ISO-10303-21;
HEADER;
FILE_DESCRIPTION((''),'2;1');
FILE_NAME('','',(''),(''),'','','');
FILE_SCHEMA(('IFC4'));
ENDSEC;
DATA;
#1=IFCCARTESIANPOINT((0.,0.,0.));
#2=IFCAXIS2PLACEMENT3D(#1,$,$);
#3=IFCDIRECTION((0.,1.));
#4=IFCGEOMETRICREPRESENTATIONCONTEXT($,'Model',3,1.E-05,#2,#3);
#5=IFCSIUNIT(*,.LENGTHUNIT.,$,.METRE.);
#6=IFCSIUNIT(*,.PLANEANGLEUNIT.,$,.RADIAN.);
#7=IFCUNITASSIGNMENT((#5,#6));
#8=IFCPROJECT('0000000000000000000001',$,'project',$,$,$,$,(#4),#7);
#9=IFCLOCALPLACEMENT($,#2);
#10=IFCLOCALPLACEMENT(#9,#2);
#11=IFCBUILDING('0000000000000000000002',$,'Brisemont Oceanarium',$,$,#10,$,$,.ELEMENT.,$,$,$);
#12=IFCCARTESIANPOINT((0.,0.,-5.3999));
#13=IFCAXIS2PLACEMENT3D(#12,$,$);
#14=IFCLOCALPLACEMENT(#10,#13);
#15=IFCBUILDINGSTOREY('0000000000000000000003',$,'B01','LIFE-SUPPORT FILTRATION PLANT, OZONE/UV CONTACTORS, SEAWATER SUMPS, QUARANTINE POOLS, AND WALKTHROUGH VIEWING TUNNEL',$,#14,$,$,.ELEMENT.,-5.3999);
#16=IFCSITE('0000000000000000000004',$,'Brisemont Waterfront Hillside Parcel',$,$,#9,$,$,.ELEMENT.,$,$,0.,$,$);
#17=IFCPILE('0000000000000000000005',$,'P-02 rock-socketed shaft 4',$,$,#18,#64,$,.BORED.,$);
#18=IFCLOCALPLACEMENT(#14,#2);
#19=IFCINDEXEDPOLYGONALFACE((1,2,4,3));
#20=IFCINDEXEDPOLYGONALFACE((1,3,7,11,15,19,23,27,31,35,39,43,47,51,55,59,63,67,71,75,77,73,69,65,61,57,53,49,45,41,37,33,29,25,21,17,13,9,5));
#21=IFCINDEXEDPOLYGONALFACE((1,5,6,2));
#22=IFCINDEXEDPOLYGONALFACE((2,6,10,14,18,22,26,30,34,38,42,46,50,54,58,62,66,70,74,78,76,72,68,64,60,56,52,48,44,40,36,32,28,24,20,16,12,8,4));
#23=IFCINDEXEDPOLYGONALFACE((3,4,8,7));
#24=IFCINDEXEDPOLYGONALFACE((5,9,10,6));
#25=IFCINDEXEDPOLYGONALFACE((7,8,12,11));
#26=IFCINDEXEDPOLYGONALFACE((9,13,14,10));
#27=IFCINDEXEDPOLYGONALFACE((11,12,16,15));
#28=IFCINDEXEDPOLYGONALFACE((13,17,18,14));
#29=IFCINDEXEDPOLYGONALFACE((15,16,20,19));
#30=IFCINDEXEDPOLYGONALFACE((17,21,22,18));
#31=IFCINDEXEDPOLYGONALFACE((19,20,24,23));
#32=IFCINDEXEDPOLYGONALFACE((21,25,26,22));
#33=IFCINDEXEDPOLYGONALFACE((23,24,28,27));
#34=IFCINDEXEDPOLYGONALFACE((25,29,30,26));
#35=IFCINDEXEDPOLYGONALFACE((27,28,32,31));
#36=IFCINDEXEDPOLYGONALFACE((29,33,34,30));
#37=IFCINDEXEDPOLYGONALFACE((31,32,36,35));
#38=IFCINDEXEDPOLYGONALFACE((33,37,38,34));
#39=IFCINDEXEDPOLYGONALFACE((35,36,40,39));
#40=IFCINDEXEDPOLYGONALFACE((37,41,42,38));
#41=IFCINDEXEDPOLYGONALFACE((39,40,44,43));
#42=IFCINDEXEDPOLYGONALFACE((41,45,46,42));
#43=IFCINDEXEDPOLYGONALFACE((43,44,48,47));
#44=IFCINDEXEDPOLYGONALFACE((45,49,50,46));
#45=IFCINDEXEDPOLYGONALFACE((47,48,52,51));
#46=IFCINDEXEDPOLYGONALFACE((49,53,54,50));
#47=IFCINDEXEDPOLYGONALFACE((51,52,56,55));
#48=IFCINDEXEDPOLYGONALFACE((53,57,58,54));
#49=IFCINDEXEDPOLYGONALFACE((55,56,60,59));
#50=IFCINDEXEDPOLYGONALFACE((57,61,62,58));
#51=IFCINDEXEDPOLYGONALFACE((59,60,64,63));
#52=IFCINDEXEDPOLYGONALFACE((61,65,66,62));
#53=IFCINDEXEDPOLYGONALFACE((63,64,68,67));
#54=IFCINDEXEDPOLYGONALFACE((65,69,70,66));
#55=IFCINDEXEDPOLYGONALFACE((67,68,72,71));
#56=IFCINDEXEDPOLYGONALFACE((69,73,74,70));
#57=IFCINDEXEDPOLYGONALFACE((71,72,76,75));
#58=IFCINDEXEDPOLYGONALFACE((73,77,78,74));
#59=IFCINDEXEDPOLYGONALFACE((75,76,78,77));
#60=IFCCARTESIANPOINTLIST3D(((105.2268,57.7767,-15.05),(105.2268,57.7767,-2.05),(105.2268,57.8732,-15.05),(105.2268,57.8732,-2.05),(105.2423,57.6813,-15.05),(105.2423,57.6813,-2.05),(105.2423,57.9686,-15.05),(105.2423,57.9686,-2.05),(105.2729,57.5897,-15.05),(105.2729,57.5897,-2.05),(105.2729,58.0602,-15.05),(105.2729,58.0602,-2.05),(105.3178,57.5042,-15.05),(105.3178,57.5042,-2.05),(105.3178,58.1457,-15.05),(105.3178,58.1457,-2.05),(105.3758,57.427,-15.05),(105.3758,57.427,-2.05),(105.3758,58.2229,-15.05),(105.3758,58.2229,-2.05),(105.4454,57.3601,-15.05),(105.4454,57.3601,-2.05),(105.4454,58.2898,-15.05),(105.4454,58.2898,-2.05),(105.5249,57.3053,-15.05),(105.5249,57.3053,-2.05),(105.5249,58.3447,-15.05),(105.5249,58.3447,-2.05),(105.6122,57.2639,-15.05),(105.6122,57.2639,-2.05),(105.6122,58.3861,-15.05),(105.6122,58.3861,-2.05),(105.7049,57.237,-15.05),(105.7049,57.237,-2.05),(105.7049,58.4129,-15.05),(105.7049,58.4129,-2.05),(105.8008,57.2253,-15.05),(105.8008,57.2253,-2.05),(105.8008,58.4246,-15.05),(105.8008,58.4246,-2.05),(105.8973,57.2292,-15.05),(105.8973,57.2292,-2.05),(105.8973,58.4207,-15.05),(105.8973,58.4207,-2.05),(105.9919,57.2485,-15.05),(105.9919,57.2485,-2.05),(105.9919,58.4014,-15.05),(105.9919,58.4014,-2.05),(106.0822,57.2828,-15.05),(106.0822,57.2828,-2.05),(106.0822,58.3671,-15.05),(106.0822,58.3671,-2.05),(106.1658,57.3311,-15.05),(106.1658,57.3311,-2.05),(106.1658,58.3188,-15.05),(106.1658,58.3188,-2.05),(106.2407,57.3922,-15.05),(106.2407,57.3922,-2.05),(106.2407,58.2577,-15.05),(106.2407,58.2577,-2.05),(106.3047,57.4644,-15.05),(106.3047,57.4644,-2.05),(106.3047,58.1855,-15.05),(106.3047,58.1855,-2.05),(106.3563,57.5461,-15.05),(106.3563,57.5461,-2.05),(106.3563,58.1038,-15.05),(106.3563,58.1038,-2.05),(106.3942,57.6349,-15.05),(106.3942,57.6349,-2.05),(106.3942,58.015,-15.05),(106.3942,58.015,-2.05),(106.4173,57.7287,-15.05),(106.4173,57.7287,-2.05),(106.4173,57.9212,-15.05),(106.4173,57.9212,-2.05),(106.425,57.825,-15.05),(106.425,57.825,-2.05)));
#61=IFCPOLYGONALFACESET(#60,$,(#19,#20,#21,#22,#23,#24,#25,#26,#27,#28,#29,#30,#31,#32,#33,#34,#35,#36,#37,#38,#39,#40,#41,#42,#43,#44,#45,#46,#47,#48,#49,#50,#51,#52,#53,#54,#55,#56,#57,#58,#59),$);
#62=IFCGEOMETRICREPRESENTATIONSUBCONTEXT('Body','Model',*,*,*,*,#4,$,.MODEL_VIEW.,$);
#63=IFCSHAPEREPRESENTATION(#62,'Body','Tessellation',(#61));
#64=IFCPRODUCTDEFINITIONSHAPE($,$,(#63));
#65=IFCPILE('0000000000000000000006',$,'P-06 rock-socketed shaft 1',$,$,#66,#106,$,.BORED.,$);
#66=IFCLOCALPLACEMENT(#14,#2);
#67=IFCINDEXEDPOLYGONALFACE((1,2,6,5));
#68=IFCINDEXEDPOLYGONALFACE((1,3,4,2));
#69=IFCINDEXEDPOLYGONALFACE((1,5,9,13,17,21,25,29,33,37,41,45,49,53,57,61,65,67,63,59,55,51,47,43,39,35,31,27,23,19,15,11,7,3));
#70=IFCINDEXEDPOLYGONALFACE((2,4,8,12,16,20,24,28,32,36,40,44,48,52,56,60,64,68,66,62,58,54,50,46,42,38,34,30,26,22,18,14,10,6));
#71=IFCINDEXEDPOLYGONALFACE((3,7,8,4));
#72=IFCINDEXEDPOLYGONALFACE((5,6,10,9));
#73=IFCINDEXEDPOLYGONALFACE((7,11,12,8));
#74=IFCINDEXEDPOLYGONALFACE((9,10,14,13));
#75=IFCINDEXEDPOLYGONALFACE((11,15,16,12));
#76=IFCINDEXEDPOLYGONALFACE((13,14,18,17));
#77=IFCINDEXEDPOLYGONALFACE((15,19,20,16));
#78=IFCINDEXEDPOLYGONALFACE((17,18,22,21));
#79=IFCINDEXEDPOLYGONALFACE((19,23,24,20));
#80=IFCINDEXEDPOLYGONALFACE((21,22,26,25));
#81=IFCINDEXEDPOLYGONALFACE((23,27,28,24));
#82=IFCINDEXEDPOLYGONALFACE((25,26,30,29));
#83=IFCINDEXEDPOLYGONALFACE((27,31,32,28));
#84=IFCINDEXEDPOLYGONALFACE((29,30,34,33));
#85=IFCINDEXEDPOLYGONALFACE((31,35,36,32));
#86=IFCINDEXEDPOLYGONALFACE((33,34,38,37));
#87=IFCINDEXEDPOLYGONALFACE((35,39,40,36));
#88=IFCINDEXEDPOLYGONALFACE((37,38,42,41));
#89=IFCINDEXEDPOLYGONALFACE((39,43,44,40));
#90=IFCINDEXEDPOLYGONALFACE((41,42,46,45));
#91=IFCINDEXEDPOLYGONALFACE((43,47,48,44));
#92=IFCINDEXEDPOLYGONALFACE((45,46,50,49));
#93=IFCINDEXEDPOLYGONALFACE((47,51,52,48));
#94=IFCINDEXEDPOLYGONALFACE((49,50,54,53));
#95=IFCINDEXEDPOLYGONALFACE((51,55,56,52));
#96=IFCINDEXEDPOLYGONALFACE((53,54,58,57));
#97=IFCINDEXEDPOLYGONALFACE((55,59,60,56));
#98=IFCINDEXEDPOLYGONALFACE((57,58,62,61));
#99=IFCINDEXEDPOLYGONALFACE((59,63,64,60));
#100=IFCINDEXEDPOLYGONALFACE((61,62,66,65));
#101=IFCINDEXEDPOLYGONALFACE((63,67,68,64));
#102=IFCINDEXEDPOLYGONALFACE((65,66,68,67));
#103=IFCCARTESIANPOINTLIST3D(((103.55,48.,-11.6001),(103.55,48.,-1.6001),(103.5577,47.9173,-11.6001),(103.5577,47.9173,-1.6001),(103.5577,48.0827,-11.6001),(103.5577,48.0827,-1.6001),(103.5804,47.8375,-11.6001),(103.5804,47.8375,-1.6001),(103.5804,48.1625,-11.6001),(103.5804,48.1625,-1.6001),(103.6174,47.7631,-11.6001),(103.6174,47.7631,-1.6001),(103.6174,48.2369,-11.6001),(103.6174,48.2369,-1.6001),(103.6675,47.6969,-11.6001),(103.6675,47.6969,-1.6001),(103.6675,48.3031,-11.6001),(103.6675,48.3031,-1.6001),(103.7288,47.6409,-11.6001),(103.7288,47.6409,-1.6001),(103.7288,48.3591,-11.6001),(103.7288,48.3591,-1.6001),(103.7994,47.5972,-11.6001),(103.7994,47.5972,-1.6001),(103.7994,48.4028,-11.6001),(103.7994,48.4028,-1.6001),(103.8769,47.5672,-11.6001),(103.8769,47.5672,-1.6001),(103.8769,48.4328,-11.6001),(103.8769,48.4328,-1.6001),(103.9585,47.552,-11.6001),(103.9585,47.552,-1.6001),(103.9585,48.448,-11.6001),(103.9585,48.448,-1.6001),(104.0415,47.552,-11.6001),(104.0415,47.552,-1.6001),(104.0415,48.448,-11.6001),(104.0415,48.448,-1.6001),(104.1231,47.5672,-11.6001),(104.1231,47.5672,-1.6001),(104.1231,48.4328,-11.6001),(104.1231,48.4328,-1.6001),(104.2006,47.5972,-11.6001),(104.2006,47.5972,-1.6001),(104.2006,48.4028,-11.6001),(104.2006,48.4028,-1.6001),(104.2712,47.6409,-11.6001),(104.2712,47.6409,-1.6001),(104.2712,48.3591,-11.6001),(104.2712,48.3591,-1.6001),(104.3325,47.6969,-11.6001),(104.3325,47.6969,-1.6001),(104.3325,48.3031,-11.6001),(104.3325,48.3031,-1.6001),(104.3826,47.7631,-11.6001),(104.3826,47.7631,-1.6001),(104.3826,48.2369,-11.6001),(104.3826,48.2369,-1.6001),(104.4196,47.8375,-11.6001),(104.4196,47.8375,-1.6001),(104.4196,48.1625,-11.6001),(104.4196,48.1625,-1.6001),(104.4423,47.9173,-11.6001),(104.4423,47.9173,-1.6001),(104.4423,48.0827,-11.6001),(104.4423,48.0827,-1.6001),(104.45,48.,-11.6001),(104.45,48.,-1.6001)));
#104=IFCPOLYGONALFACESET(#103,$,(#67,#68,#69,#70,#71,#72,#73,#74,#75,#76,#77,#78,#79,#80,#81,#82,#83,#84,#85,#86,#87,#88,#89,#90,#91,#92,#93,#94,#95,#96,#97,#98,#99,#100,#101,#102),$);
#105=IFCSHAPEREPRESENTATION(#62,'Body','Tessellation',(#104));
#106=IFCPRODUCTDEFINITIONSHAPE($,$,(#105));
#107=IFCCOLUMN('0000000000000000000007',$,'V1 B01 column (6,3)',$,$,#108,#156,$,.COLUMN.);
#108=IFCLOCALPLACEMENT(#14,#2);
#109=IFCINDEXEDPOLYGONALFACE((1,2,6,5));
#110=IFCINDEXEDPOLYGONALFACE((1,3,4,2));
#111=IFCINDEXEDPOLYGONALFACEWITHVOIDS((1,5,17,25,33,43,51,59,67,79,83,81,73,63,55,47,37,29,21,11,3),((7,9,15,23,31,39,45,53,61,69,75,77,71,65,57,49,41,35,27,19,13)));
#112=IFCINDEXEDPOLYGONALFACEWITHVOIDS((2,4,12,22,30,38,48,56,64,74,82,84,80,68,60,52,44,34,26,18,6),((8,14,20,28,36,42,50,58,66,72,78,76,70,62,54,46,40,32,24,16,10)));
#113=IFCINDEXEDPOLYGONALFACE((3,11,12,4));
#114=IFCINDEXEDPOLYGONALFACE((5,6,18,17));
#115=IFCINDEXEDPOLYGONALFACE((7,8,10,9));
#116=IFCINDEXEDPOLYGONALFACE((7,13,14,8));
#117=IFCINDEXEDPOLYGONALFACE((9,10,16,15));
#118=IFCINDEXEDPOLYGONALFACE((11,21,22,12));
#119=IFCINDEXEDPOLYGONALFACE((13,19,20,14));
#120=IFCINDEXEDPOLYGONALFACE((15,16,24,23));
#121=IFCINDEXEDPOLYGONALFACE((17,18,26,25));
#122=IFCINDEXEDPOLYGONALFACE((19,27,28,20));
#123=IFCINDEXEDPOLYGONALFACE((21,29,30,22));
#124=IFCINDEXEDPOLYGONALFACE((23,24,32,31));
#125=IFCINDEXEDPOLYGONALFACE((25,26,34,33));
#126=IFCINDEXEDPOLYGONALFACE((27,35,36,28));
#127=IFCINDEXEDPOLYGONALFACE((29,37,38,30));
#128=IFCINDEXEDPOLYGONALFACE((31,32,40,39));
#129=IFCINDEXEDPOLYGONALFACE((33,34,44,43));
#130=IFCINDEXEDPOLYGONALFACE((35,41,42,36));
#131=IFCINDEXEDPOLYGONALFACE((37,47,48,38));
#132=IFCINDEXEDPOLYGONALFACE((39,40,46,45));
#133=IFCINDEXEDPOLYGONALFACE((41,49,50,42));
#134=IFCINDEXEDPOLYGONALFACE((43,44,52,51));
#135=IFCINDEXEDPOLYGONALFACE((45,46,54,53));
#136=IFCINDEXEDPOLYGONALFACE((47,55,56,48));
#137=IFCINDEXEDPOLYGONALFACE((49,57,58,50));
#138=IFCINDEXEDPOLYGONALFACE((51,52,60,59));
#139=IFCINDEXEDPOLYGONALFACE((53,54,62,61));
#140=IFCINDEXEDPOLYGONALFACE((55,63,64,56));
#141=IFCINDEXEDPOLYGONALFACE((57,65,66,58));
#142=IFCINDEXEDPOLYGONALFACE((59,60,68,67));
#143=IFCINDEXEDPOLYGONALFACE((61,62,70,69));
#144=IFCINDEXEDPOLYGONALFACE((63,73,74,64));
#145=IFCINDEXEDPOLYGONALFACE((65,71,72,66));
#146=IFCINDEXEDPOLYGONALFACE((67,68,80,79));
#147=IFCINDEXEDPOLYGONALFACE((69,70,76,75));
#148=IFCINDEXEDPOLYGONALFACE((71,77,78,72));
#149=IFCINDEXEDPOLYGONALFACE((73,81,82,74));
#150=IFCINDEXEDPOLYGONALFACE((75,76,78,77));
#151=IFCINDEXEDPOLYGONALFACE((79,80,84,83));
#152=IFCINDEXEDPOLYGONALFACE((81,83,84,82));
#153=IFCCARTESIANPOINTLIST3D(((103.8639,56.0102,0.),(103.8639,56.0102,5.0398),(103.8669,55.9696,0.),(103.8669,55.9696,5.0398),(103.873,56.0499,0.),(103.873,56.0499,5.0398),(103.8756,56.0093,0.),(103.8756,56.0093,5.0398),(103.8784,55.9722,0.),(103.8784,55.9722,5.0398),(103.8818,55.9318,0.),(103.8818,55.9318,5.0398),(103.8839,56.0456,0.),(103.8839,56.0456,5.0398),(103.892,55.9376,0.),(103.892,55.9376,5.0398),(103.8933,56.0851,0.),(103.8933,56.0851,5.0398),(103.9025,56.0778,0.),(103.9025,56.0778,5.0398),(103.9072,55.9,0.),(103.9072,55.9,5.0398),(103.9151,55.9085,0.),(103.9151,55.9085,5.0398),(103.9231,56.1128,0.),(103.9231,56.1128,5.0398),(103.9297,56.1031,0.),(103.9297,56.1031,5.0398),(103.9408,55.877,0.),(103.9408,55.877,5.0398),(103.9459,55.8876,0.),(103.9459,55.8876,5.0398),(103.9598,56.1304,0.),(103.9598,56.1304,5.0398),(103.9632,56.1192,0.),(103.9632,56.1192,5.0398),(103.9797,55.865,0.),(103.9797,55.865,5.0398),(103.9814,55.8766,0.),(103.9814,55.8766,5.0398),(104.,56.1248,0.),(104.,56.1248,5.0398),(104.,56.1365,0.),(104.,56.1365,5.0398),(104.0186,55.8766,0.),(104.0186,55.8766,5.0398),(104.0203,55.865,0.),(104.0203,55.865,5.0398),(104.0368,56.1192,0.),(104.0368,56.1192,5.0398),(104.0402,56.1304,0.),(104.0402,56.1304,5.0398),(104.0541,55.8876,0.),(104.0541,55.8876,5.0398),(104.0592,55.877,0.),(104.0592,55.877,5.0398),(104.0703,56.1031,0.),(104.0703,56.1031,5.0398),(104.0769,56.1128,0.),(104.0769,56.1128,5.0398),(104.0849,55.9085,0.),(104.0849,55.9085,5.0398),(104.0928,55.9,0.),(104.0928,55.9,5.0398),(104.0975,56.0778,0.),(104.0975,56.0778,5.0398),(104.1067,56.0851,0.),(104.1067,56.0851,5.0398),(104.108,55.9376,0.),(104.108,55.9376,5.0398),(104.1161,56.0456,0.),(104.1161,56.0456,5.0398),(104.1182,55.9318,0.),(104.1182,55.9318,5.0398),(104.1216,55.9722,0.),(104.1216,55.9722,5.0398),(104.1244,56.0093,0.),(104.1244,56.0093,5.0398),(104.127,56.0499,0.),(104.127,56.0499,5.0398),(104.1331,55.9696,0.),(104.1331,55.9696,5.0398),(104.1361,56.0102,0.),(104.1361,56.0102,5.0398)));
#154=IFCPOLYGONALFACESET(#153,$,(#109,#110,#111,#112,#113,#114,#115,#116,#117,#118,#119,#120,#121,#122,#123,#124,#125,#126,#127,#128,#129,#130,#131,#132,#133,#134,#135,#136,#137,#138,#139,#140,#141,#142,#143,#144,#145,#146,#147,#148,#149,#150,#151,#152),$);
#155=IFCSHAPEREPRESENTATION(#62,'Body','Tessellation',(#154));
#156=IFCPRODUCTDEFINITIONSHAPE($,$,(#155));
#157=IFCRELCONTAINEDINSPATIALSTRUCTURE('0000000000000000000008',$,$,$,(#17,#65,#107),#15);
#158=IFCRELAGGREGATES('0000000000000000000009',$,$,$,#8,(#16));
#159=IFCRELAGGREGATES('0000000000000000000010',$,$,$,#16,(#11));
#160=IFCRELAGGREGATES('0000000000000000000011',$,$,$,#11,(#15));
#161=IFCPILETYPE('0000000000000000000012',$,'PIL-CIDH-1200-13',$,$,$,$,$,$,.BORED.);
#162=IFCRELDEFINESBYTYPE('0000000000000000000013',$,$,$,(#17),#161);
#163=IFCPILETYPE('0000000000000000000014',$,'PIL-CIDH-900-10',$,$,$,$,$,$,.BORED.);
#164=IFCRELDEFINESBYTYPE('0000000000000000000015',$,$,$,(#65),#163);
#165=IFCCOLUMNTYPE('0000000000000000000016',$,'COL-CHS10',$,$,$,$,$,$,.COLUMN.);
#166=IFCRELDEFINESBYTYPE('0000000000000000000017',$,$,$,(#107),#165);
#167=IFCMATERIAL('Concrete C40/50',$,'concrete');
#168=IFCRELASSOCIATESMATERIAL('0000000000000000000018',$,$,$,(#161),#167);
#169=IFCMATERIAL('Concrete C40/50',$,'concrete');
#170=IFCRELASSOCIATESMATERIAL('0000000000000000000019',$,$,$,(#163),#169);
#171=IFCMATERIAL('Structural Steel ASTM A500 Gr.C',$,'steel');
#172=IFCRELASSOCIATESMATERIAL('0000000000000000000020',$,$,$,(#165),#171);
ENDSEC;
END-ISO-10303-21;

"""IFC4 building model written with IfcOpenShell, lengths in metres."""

from ifc_helpers import new_model, si_unit, direction, frame, origin, origin_2d, place, context, subcontext, project, spatial, circle, hollow_circle, extrude, material, material_profile, profile_set, type_object, element, save


model = new_model("IFC4")

# Units and contexts
model_context = context("Model", 3, precision=1e-05, world=origin(), true_north=direction((0.0, 1.0)))
body_context = subcontext(model_context, "Body", "Model", "MODEL_VIEW")
ifc_project = project(units=[si_unit("LENGTHUNIT", "METRE"), si_unit("PLANEANGLEUNIT", "RADIAN")], contexts=[model_context])

# Site, building, storey
site_placement = place(None, origin())
site = spatial("IfcSite", under=ifc_project, at=site_placement, Name="Brisemont Waterfront Hillside Parcel", CompositionType="ELEMENT", RefElevation=0.0)
building_placement = place(site_placement, origin())
building = spatial("IfcBuilding", under=site, at=building_placement, Name="Brisemont Oceanarium", CompositionType="ELEMENT")
storey_placement = place(building_placement, frame((0.0, 0.0, -5.3999)))
storey = spatial("IfcBuildingStorey", under=building, at=storey_placement, Name="B01", Description="LIFE-SUPPORT FILTRATION PLANT, OZONE/UV CONTACTORS, SEAWATER SUMPS, QUARANTINE POOLS, AND WALKTHROUGH VIEWING TUNNEL", CompositionType="ELEMENT", Elevation=-5.3999)

# Piles
ifc_material_1 = material(Name="Concrete C40/50", Category="concrete")
ifc_material_profile_1 = material_profile(ifc_material_1, circle(Radius=0.6001, at=origin_2d()), Name="CIDH-D1200")
ifc_profile_set_1 = profile_set([ifc_material_profile_1], Name="Concrete C40/50")
pile_type_1 = type_object("IfcPileType", Name="PIL-CIDH-1200-13", PredefinedType="BORED", material=ifc_profile_set_1)
for number, where, z_axis, x_axis, name in (
    (1, (105.825, 57.825, -2.05), (0.0, 0.0, -1.0), (1.0, 0.0, 0.0), "P-02 rock-socketed shaft 4"),
):
    element("IfcPile", number, at=place(storey_placement, frame(where, z_axis=z_axis, x_axis=x_axis)), inside=storey, type_object=pile_type_1, Name=name, PredefinedType="BORED", context=body_context, shape_type="SweptSolid", body=[
        extrude(circle(Radius=0.6001, at=origin_2d()), origin(), (0.0, 0.0, 1.0), 13.0),
    ])
ifc_material_2 = material(Name="Concrete C40/50", Category="concrete")
ifc_material_profile_2 = material_profile(ifc_material_2, circle(Radius=0.45, at=origin_2d()), Name="CIDH-D900")
ifc_profile_set_2 = profile_set([ifc_material_profile_2], Name="Concrete C40/50")
pile_type_2 = type_object("IfcPileType", Name="PIL-CIDH-900-10", PredefinedType="BORED", material=ifc_profile_set_2)
pile_1_placement = place(storey_placement, frame((104.0, 48.0, -1.6001), z_axis=(0.0, 0.0, -1.0), x_axis=(1.0, 0.0, 0.0)))
element("IfcPile", 2, at=pile_1_placement, inside=storey, type_object=pile_type_2, Name="P-06 rock-socketed shaft 1", PredefinedType="BORED", context=body_context, shape_type="SweptSolid", body=[
    extrude(circle(Radius=0.45, at=origin_2d()), origin(), (0.0, 0.0, 1.0), 10.0),
])

# Column
ifc_material_3 = material(Name="Structural Steel ASTM A500 Gr.C", Category="steel")
ifc_material_profile_3 = material_profile(ifc_material_3, hollow_circle(Radius=0.1365, WallThickness=0.0117, at=origin_2d()), Name="HSS10.750X0.500")
ifc_profile_set_3 = profile_set([ifc_material_profile_3], Name="Structural Steel ASTM A500 Gr.C")
column_type_1 = type_object("IfcColumnType", Name="COL-CHS10", PredefinedType="COLUMN", material=ifc_profile_set_3)
column_1_placement = place(storey_placement, frame((104.0, 56.0, 0.0), z_axis=(0.0, 0.0, 1.0), x_axis=(0.0, 1.0, 0.0)))
element("IfcColumn", 3, at=column_1_placement, inside=storey, type_object=column_type_1, Name="V1 B01 column (6,3)", PredefinedType="COLUMN", context=body_context, shape_type="SweptSolid", body=[
    extrude(hollow_circle(Radius=0.1365, WallThickness=0.0117, at=origin_2d()), origin(), (0.0, 0.0, 1.0), 5.0398),
])

save(model, "model.ifc")
